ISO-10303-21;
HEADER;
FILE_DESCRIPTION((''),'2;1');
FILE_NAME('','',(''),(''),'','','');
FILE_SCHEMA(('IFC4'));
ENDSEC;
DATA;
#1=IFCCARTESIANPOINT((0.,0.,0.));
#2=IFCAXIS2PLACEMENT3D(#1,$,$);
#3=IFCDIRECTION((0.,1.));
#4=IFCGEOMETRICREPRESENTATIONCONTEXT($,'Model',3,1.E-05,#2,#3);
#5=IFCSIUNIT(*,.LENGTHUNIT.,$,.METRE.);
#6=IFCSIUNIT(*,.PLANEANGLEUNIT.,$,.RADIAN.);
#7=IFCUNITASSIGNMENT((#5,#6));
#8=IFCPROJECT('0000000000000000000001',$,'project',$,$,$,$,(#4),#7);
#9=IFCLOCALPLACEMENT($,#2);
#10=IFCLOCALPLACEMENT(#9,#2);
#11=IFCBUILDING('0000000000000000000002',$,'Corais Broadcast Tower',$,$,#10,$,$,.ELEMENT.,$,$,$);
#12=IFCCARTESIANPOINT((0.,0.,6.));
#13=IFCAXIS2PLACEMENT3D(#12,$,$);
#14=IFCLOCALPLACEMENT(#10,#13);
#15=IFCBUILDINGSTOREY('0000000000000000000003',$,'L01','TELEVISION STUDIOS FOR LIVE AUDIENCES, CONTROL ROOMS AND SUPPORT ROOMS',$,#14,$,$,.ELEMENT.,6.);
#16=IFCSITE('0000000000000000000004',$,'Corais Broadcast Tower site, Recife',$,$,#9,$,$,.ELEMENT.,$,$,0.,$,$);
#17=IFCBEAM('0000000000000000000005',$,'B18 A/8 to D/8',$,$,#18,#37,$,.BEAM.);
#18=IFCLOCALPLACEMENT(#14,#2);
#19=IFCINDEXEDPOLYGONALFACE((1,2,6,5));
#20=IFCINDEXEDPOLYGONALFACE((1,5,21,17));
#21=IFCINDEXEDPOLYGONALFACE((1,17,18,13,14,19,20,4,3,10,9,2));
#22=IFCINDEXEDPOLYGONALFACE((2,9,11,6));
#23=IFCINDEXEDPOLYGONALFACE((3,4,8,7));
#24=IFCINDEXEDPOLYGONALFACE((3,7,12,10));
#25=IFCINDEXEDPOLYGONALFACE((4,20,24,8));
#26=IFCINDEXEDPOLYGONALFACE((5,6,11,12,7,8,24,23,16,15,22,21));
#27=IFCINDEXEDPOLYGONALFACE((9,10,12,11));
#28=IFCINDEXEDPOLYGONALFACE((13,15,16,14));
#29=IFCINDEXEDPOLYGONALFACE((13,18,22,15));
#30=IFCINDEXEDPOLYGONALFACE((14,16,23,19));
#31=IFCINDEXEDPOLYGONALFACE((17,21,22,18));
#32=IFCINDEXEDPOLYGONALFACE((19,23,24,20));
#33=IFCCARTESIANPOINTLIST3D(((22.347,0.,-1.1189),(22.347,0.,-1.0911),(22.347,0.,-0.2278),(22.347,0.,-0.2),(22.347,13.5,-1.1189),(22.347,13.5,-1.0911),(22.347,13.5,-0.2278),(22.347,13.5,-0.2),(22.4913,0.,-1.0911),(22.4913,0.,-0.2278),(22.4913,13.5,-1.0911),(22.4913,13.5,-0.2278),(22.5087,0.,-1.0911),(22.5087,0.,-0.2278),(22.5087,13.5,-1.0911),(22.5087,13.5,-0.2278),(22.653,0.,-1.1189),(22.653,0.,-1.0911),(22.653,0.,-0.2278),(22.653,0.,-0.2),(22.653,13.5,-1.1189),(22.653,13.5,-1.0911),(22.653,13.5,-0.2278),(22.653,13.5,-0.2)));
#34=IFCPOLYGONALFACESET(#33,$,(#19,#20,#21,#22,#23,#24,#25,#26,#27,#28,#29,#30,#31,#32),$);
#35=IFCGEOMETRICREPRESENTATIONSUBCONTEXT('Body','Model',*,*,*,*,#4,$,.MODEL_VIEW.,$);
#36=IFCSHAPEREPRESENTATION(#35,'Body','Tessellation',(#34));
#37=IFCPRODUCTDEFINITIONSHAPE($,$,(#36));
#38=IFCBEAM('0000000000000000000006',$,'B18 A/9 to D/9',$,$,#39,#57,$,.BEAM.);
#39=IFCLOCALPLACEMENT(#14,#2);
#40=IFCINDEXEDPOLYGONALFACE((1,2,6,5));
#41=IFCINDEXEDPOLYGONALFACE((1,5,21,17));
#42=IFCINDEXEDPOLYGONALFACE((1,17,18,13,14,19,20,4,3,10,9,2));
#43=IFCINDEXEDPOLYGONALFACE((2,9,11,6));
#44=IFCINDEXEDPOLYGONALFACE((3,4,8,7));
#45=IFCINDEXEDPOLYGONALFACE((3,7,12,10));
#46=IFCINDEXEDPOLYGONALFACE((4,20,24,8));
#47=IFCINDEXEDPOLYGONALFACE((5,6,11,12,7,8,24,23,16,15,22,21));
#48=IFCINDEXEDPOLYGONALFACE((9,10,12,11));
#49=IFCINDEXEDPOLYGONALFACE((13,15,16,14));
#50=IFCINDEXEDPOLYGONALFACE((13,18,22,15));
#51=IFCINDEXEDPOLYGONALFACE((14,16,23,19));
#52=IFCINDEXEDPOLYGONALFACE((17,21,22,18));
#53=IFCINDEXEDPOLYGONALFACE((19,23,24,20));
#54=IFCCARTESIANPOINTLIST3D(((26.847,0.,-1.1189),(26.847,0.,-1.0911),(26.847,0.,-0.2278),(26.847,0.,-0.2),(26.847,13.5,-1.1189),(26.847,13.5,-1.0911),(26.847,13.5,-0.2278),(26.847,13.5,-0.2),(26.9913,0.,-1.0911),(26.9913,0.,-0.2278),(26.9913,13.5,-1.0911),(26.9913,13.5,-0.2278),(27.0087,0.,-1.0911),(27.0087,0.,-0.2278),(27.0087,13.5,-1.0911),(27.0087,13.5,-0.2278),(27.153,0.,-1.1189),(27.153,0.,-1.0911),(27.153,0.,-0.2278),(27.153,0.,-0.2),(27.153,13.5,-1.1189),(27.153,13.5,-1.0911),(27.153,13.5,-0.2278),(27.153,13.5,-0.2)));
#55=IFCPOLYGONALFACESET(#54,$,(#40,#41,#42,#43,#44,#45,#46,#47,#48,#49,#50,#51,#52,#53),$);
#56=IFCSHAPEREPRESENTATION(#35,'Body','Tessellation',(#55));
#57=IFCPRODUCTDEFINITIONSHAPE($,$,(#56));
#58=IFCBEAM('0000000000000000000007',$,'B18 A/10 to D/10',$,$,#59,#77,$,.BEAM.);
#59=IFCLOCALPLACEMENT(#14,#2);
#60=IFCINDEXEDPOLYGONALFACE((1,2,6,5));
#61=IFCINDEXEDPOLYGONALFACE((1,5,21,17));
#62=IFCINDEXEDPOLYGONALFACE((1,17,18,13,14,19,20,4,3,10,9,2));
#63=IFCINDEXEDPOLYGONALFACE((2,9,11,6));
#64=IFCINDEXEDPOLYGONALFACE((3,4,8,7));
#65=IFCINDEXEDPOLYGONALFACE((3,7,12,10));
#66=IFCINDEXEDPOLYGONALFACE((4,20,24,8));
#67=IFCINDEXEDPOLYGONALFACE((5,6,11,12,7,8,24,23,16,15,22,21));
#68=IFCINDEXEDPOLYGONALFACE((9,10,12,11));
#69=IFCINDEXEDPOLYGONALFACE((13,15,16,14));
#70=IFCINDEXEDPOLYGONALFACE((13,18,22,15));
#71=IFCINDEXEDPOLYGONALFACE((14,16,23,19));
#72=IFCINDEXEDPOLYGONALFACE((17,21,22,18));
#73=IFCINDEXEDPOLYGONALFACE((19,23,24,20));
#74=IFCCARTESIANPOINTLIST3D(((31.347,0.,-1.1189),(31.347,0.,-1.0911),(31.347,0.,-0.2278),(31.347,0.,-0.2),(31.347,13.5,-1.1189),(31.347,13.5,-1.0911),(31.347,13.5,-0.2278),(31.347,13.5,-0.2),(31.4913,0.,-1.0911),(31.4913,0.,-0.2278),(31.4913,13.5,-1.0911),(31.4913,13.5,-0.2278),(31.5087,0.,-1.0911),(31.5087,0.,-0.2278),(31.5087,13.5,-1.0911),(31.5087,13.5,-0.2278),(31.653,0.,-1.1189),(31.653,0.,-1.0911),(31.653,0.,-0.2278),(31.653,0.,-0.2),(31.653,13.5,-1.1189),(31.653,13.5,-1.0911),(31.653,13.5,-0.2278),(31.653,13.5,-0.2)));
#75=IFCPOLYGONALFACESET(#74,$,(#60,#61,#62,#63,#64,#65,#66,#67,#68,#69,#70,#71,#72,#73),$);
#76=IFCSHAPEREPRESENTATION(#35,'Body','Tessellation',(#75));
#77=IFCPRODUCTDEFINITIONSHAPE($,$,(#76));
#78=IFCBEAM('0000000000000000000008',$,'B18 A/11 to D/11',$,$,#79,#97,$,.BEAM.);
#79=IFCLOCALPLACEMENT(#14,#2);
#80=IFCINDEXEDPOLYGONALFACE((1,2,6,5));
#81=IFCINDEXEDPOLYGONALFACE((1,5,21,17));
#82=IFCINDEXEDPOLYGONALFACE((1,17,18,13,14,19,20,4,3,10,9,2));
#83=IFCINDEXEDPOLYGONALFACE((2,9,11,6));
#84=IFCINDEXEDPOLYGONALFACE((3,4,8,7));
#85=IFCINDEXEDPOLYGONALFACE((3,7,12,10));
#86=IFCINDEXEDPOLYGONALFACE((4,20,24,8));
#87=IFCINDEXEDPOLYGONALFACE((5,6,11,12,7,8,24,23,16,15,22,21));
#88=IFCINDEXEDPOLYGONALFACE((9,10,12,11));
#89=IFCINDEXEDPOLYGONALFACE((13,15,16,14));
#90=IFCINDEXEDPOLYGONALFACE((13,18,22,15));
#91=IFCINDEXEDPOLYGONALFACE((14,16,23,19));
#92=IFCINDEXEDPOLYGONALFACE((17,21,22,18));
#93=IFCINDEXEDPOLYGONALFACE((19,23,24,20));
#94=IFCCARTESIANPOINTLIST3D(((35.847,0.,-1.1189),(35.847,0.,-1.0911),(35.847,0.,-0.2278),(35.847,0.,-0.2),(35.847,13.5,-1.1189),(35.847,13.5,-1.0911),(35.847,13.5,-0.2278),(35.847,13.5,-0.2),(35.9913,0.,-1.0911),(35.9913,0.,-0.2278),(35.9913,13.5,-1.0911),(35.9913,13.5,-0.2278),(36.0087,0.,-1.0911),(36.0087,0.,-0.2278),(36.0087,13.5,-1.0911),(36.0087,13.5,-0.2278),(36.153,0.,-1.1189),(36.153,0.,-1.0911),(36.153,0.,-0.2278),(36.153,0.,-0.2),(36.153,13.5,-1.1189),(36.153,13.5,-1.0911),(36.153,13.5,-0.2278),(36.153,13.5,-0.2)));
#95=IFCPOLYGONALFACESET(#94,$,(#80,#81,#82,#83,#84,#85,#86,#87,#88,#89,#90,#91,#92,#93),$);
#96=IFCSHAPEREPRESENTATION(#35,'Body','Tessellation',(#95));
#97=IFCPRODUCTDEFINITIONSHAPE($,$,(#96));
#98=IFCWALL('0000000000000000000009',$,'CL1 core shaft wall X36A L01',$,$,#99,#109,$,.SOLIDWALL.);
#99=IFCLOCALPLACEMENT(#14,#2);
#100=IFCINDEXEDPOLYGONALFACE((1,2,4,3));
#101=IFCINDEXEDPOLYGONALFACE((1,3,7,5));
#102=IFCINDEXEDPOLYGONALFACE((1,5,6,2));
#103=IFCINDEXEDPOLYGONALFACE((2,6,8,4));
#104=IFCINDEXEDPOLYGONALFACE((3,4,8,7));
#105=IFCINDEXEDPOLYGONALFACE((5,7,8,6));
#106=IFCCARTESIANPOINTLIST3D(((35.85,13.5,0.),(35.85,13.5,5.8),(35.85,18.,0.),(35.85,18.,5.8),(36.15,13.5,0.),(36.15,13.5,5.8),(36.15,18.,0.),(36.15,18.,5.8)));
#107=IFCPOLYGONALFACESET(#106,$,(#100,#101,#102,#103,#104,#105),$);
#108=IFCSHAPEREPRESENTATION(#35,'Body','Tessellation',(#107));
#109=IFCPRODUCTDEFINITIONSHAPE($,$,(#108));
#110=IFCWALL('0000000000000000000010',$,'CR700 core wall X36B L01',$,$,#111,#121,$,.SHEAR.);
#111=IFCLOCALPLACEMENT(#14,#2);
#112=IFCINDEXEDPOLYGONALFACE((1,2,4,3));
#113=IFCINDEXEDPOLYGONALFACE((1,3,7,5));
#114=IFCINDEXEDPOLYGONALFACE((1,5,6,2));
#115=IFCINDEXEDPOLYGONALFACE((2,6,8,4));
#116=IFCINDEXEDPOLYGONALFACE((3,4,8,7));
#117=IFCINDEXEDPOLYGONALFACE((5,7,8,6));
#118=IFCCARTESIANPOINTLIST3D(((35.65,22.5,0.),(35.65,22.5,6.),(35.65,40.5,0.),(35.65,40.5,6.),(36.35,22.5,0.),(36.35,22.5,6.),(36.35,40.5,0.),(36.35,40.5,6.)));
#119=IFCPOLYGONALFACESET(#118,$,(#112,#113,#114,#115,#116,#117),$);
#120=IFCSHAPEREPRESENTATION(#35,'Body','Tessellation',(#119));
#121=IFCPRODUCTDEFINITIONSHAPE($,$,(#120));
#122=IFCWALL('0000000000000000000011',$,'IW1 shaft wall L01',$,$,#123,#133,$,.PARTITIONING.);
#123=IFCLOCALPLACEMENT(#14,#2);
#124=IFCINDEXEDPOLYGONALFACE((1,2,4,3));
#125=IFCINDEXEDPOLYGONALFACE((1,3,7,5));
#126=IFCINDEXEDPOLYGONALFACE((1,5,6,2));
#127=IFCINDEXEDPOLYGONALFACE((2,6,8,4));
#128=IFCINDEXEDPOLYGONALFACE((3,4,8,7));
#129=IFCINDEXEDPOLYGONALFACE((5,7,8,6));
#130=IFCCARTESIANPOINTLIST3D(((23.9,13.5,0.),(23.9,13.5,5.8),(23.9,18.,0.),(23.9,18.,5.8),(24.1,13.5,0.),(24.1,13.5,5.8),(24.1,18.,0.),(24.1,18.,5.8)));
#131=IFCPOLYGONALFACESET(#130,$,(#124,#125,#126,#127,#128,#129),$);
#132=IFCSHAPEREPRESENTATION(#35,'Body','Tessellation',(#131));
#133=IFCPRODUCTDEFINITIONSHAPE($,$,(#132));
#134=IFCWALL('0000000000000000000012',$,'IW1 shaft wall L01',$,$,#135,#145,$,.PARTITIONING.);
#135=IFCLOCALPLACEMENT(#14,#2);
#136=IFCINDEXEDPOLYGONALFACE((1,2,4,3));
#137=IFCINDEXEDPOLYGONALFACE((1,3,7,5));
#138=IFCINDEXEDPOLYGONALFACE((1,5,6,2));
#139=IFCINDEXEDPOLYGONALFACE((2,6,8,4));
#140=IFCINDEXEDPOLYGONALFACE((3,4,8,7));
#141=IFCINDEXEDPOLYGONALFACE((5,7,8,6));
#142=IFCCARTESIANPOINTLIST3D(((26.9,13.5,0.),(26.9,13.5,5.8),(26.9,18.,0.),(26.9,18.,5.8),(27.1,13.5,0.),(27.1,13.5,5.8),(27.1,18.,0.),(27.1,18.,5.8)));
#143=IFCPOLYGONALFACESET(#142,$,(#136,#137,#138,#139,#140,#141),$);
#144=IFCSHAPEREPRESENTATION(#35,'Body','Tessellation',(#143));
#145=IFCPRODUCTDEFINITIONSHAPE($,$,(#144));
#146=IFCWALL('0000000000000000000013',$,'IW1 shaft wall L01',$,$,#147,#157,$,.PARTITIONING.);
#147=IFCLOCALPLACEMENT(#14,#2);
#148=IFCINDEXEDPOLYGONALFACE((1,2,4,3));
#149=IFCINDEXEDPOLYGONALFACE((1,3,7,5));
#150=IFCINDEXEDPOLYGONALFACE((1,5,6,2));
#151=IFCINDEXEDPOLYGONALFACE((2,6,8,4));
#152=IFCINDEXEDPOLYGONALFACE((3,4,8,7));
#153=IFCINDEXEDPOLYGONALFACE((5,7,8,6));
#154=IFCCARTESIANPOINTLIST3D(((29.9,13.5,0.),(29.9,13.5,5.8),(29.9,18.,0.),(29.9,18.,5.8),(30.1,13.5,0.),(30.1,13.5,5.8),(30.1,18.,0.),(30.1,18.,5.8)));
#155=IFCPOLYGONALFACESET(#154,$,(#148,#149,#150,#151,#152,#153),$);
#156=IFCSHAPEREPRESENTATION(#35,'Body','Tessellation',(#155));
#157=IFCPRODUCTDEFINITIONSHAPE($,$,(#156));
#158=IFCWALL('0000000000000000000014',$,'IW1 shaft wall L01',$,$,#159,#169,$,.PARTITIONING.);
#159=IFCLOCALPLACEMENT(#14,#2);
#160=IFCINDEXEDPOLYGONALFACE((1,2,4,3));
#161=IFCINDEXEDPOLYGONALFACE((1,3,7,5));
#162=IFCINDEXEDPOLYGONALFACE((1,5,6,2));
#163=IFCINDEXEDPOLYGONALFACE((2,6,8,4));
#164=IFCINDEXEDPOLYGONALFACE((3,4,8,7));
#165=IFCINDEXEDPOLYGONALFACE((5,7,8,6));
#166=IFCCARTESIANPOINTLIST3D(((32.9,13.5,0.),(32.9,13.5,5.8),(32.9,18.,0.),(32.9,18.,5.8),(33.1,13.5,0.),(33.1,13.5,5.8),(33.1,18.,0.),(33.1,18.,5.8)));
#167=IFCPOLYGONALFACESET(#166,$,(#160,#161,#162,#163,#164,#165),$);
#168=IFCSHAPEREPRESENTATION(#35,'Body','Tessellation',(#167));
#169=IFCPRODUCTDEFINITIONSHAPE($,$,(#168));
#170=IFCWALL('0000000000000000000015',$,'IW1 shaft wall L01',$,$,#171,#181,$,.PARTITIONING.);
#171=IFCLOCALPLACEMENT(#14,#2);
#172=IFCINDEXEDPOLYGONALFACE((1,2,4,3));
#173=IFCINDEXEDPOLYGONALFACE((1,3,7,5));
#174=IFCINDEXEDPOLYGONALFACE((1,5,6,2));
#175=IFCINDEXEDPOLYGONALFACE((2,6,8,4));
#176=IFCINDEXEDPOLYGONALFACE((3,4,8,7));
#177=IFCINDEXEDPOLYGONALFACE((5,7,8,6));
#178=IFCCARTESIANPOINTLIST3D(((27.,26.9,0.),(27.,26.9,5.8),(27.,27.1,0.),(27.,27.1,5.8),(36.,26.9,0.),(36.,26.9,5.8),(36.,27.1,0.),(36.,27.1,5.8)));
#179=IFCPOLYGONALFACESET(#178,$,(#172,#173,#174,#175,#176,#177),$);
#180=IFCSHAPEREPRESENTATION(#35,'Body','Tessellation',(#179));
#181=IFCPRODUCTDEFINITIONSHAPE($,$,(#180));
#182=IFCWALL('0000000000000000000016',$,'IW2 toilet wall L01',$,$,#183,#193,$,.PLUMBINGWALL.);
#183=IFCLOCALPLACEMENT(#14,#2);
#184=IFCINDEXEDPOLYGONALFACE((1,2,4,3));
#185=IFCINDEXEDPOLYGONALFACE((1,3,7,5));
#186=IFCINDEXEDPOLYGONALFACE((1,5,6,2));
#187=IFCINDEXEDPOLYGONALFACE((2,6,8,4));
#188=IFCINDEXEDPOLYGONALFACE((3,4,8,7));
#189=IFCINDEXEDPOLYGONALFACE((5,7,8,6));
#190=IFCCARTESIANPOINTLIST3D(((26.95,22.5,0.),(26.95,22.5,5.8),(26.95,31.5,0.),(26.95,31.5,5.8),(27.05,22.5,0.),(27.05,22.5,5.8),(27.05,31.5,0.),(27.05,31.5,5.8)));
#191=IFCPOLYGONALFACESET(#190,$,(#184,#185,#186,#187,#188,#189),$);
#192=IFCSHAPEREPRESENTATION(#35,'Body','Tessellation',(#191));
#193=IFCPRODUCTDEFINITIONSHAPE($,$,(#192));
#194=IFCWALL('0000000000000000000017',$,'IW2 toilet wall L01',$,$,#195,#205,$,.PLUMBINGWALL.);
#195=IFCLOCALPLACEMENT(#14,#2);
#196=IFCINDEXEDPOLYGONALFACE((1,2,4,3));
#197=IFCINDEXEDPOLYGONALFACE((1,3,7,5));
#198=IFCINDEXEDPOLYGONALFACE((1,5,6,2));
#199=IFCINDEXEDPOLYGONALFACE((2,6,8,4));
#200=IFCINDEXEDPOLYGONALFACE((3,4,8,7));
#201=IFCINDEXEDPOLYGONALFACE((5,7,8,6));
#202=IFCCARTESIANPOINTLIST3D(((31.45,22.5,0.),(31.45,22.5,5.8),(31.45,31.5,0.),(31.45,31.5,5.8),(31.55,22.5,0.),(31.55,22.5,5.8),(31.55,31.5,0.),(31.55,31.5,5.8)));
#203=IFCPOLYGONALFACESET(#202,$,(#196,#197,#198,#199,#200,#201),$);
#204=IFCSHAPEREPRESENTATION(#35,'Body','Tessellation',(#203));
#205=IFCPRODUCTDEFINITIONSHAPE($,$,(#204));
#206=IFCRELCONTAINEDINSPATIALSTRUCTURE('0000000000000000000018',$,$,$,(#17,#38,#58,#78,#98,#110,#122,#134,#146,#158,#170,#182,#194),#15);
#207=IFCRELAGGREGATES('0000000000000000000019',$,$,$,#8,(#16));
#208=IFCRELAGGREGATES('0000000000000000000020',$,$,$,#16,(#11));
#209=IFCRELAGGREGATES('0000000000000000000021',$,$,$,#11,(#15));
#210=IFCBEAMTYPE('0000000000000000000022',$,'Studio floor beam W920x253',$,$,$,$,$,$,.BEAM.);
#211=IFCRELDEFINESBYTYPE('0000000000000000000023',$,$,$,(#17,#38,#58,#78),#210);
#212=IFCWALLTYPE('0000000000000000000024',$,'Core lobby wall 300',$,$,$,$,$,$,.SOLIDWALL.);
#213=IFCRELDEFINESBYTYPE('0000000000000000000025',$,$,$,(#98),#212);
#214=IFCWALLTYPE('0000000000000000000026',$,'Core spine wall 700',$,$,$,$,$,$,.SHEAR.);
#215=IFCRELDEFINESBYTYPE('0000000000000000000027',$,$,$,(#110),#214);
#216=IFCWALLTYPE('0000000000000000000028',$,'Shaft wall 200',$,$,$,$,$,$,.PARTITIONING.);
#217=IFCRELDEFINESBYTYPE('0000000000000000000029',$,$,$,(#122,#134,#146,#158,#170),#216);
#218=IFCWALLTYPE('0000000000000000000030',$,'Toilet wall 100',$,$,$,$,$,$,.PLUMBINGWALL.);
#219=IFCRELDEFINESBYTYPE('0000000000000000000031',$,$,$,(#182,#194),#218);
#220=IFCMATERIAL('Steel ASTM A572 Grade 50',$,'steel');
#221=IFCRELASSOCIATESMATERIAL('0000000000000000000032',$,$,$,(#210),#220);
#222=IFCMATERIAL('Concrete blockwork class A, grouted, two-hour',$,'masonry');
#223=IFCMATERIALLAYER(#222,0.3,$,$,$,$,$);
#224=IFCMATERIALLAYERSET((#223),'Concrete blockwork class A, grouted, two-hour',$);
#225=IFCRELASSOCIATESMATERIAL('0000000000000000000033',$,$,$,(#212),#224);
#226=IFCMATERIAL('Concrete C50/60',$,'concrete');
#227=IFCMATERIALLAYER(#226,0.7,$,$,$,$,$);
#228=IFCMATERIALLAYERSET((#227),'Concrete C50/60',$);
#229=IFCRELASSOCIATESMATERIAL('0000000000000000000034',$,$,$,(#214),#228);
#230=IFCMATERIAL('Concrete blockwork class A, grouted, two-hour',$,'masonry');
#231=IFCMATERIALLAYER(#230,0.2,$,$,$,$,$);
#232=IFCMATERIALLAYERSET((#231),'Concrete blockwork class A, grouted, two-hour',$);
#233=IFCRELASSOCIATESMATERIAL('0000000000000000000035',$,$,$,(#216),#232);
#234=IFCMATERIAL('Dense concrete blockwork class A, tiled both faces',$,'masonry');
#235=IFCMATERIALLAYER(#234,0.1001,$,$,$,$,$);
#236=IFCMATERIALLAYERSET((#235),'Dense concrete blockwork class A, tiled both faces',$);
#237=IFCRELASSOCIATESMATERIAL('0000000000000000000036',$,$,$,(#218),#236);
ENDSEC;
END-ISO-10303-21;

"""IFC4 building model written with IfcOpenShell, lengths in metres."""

from ifc_helpers import new_model, si_unit, direction, frame, frame_2d, origin, origin_2d, place, context, subcontext, project, spatial, rectangle, i_section, extrude, material, layer, layer_set, material_profile, profile_set, type_object, element, save


model = new_model("IFC4")

# Units and contexts
model_context = context("Model", 3, precision=1e-05, world=origin(), true_north=direction((0.0, 1.0)))
body_context = subcontext(model_context, "Body", "Model", "MODEL_VIEW")
ifc_project = project(units=[si_unit("LENGTHUNIT", "METRE"), si_unit("PLANEANGLEUNIT", "RADIAN")], contexts=[model_context])

# Site, building, storey
site_placement = place(None, origin())
site = spatial("IfcSite", under=ifc_project, at=site_placement, Name="Corais Broadcast Tower site, Recife", CompositionType="ELEMENT", RefElevation=0.0)
building_placement = place(site_placement, origin())
building = spatial("IfcBuilding", under=site, at=building_placement, Name="Corais Broadcast Tower", CompositionType="ELEMENT")
storey_placement = place(building_placement, frame((0.0, 0.0, 6.0)))
storey = spatial("IfcBuildingStorey", under=building, at=storey_placement, Name="L01", Description="TELEVISION STUDIOS FOR LIVE AUDIENCES, CONTROL ROOMS AND SUPPORT ROOMS", CompositionType="ELEMENT", Elevation=6.0)

# Beams
ifc_material_1 = material(Name="Steel ASTM A572 Grade 50", Category="steel")
ifc_material_profile_1 = material_profile(ifc_material_1, i_section(OverallWidth=0.3059, OverallDepth=0.9189, WebThickness=0.0173, FlangeThickness=0.0278, at=origin_2d()), Name="W920x253")
ifc_profile_set_1 = profile_set([ifc_material_profile_1], Name="Steel ASTM A572 Grade 50")
beam_type_1 = type_object("IfcBeamType", Name="Studio floor beam W920x253", PredefinedType="BEAM", material=ifc_profile_set_1)
for number, where, z_axis, x_axis, name in (
    (1, (22.5, 0.0, -0.6594), (0.0, 1.0, 0.0), (-1.0, 0.0, 0.0), "B18 A/8 to D/8"),
    (2, (27.0, 0.0, -0.6594), (0.0, 1.0, 0.0), (-1.0, 0.0, 0.0), "B18 A/9 to D/9"),
    (3, (31.5, 0.0, -0.6594), (0.0, 1.0, 0.0), (-1.0, 0.0, 0.0), "B18 A/10 to D/10"),
    (4, (36.0, 0.0, -0.6594), (0.0, 1.0, 0.0), (-1.0, 0.0, 0.0), "B18 A/11 to D/11"),
):
    element("IfcBeam", number, at=place(storey_placement, frame(where, z_axis=z_axis, x_axis=x_axis)), inside=storey, type_object=beam_type_1, Name=name, PredefinedType="BEAM", context=body_context, shape_type="SweptSolid", body=[
        extrude(i_section(OverallWidth=0.3059, OverallDepth=0.9189, WebThickness=0.0173, FlangeThickness=0.0278, at=origin_2d()), origin(), (0.0, 0.0, 1.0), 13.5),
    ])

# Walls
ifc_material_2 = material(Name="Concrete blockwork class A, grouted, two-hour", Category="masonry")
ifc_layer_1 = layer(ifc_material_2, 0.3)
ifc_layer_set_1 = layer_set([ifc_layer_1], Name="Concrete blockwork class A, grouted, two-hour")
wall_type_1 = type_object("IfcWallType", Name="Core lobby wall 300", PredefinedType="SOLIDWALL", material=ifc_layer_set_1)
wall_1_placement = place(storey_placement, frame((36.0, 13.5, 0.0), z_axis=(0.0, 0.0, 1.0), x_axis=(0.0, 1.0, 0.0)))
element("IfcWall", 5, at=wall_1_placement, inside=storey, type_object=wall_type_1, Name="CL1 core shaft wall X36A L01", PredefinedType="SOLIDWALL", context=body_context, shape_type="SweptSolid", body=[
    extrude(rectangle(XDim=4.5, YDim=0.3, at=frame_2d((2.25, 0.0))), origin(), (0.0, 0.0, 1.0), 5.8),
])
ifc_material_3 = material(Name="Concrete C50/60", Category="concrete")
ifc_layer_2 = layer(ifc_material_3, 0.7)
ifc_layer_set_2 = layer_set([ifc_layer_2], Name="Concrete C50/60")
wall_type_2 = type_object("IfcWallType", Name="Core spine wall 700", PredefinedType="SHEAR", material=ifc_layer_set_2)
wall_2_placement = place(storey_placement, frame((36.0, 22.5, 0.0), z_axis=(0.0, 0.0, 1.0), x_axis=(0.0, 1.0, 0.0)))
element("IfcWall", 6, at=wall_2_placement, inside=storey, type_object=wall_type_2, Name="CR700 core wall X36B L01", PredefinedType="SHEAR", context=body_context, shape_type="SweptSolid", body=[
    extrude(rectangle(XDim=18.0, YDim=0.7, at=frame_2d((9.0, 0.0))), origin(), (0.0, 0.0, 1.0), 6.0),
])
ifc_material_4 = material(Name="Concrete blockwork class A, grouted, two-hour", Category="masonry")
ifc_layer_3 = layer(ifc_material_4, 0.2)
ifc_layer_set_3 = layer_set([ifc_layer_3], Name="Concrete blockwork class A, grouted, two-hour")
wall_type_3 = type_object("IfcWallType", Name="Shaft wall 200", PredefinedType="PARTITIONING", material=ifc_layer_set_3)
for number, where, z_axis, x_axis, name in (
    (7, (24.0, 13.5, 0.0), (0.0, 0.0, 1.0), (0.0, 1.0, 0.0), "IW1 shaft wall L01"),
    (8, (27.0, 13.5, 0.0), (0.0, 0.0, 1.0), (0.0, 1.0, 0.0), "IW1 shaft wall L01"),
    (9, (30.0, 13.5, 0.0), (0.0, 0.0, 1.0), (0.0, 1.0, 0.0), "IW1 shaft wall L01"),
    (10, (33.0, 13.5, 0.0), (0.0, 0.0, 1.0), (0.0, 1.0, 0.0), "IW1 shaft wall L01"),
):
    element("IfcWall", number, at=place(storey_placement, frame(where, z_axis=z_axis, x_axis=x_axis)), inside=storey, type_object=wall_type_3, Name=name, PredefinedType="PARTITIONING", context=body_context, shape_type="SweptSolid", body=[
        extrude(rectangle(XDim=4.5, YDim=0.2, at=frame_2d((2.25, 0.0))), origin(), (0.0, 0.0, 1.0), 5.8),
    ])
wall_3_placement = place(storey_placement, frame((27.0, 27.0, 0.0), z_axis=(0.0, 0.0, 1.0), x_axis=(1.0, 0.0, 0.0)))
element("IfcWall", 11, at=wall_3_placement, inside=storey, type_object=wall_type_3, Name="IW1 shaft wall L01", PredefinedType="PARTITIONING", context=body_context, shape_type="SweptSolid", body=[
    extrude(rectangle(XDim=9.0, YDim=0.2, at=frame_2d((4.5, 0.0))), origin(), (0.0, 0.0, 1.0), 5.8),
])
ifc_material_5 = material(Name="Dense concrete blockwork class A, tiled both faces", Category="masonry")
ifc_layer_4 = layer(ifc_material_5, 0.1001)
ifc_layer_set_4 = layer_set([ifc_layer_4], Name="Dense concrete blockwork class A, tiled both faces")
wall_type_4 = type_object("IfcWallType", Name="Toilet wall 100", PredefinedType="PLUMBINGWALL", material=ifc_layer_set_4)
for number, where, z_axis, x_axis, name in (
    (12, (27.0, 22.5, 0.0), (0.0, 0.0, 1.0), (0.0, 1.0, 0.0), "IW2 toilet wall L01"),
    (13, (31.5, 22.5, 0.0), (0.0, 0.0, 1.0), (0.0, 1.0, 0.0), "IW2 toilet wall L01"),
):
    element("IfcWall", number, at=place(storey_placement, frame(where, z_axis=z_axis, x_axis=x_axis)), inside=storey, type_object=wall_type_4, Name=name, PredefinedType="PLUMBINGWALL", context=body_context, shape_type="SweptSolid", body=[
        extrude(rectangle(XDim=9.0, YDim=0.1001, at=frame_2d((4.5, 0.0))), origin(), (0.0, 0.0, 1.0), 5.8),
    ])

save(model, "model.ifc")
